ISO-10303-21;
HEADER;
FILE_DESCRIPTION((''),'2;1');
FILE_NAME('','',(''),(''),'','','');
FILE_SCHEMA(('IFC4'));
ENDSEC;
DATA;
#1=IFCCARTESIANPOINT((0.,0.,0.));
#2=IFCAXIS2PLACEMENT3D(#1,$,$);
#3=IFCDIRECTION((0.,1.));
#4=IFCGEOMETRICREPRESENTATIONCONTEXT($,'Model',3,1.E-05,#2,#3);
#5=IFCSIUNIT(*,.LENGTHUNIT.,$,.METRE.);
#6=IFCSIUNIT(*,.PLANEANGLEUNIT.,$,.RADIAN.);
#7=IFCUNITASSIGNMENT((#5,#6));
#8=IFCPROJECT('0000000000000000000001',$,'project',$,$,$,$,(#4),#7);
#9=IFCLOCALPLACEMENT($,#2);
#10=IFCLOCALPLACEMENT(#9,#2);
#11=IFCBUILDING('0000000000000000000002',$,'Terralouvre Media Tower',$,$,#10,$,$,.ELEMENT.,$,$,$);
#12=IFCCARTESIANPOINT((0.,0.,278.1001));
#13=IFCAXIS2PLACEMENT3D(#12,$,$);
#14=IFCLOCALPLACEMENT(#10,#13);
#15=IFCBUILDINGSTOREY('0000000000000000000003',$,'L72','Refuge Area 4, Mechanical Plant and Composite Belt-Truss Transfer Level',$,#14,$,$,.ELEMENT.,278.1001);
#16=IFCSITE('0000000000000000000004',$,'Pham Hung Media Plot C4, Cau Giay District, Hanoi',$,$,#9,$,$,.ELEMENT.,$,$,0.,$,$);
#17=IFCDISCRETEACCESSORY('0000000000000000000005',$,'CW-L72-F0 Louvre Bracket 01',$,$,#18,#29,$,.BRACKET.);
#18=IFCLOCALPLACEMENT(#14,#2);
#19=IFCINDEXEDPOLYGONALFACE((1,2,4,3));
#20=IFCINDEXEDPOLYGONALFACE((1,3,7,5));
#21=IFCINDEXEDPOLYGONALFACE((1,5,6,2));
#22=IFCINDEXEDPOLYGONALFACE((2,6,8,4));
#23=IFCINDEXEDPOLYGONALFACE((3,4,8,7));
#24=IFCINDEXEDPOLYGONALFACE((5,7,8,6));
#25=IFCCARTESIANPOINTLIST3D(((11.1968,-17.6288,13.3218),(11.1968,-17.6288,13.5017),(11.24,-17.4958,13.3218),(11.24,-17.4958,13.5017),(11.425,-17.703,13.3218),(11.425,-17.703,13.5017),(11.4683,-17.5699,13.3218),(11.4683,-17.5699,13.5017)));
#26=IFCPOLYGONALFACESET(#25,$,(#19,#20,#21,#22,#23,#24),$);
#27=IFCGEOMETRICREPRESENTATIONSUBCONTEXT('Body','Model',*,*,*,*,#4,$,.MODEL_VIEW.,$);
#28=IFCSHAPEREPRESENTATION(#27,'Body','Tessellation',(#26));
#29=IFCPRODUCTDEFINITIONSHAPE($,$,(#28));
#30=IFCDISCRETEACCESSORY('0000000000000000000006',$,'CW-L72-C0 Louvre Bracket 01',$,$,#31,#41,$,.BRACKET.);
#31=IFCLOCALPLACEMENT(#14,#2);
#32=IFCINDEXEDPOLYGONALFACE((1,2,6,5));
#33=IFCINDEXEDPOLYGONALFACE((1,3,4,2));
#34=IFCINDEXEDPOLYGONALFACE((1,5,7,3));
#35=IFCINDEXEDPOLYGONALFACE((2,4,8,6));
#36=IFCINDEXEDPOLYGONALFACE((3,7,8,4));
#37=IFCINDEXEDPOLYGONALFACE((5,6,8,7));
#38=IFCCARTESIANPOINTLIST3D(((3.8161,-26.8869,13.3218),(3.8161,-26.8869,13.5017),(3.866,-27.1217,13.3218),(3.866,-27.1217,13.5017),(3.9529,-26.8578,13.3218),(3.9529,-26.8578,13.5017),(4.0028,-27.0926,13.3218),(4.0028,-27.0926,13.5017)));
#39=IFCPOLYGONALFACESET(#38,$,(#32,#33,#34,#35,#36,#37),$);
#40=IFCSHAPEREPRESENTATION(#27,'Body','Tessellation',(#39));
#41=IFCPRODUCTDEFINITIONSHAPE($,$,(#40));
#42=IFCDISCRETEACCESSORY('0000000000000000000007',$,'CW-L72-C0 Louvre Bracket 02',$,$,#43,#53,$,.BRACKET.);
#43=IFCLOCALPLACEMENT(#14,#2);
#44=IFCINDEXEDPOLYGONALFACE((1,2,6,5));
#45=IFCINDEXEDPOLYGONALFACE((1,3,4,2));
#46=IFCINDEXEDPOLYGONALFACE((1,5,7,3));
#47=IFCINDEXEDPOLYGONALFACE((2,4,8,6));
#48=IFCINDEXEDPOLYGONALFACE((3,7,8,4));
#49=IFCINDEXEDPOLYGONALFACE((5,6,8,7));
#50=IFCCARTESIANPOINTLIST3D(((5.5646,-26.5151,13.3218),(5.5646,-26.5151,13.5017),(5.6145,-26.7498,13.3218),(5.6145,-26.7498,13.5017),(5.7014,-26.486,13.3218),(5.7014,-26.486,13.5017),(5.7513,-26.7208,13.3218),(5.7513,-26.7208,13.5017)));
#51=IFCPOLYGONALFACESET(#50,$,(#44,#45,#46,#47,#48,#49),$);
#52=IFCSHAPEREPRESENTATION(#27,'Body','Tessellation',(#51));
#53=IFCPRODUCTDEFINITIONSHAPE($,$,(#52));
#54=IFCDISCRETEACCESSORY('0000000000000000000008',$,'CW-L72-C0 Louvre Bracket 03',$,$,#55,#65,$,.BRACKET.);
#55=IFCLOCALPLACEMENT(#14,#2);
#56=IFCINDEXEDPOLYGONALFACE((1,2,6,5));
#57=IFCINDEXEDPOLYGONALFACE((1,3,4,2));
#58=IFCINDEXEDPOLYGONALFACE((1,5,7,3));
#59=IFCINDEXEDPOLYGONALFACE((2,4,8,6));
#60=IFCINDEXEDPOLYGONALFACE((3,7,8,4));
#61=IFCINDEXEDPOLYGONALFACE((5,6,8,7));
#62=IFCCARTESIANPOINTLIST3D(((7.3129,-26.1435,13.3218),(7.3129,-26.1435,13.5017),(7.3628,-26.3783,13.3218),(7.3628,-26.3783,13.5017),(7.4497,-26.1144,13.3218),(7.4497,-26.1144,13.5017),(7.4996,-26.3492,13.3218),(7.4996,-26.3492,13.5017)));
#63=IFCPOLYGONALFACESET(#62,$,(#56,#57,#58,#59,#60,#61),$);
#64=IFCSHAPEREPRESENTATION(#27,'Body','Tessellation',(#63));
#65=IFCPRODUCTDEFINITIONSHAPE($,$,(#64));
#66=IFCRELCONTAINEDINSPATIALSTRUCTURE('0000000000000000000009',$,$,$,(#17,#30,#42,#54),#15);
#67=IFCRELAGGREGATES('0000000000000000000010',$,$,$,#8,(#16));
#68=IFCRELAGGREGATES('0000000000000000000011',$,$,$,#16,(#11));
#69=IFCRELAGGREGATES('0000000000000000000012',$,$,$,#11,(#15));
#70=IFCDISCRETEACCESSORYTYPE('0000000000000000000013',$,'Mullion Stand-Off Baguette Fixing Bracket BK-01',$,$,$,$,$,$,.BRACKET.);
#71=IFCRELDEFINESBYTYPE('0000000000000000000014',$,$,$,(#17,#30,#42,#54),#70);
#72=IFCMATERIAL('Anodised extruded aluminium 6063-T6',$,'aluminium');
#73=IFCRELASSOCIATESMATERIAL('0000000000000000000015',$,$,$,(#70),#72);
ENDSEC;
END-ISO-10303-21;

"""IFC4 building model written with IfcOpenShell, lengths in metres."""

from ifc_helpers import new_model, si_unit, direction, frame, origin, origin_2d, place, context, subcontext, project, spatial, rectangle, extrude, material, type_object, element, save


model = new_model("IFC4")

# Units and contexts
model_context = context("Model", 3, precision=1e-05, world=origin(), true_north=direction((0.0, 1.0)))
body_context = subcontext(model_context, "Body", "Model", "MODEL_VIEW")
ifc_project = project(units=[si_unit("LENGTHUNIT", "METRE"), si_unit("PLANEANGLEUNIT", "RADIAN")], contexts=[model_context])

# Site, building, storey
site_placement = place(None, origin())
site = spatial("IfcSite", under=ifc_project, at=site_placement, Name="Pham Hung Media Plot C4, Cau Giay District, Hanoi", CompositionType="ELEMENT", RefElevation=0.0)
building_placement = place(site_placement, origin())
building = spatial("IfcBuilding", under=site, at=building_placement, Name="Terralouvre Media Tower", CompositionType="ELEMENT")
storey_placement = place(building_placement, frame((0.0, 0.0, 278.1001)))
storey = spatial("IfcBuildingStorey", under=building, at=storey_placement, Name="L72", Description="Refuge Area 4, Mechanical Plant and Composite Belt-Truss Transfer Level", CompositionType="ELEMENT", Elevation=278.1001)

# Discrete accessories
ifc_material_1 = material(Name="Anodised extruded aluminium 6063-T6", Category="aluminium")
discrete_accessory_type = type_object("IfcDiscreteAccessoryType", Name="Mullion Stand-Off Baguette Fixing Bracket BK-01", PredefinedType="BRACKET", material=ifc_material_1)
for number, where, z_axis, x_axis, name in (
    (1, (11.3325, -17.5994, 13.3218), (0.0, 0.0, 1.0), (0.309017, 0.951057, 0.0), "CW-L72-F0 Louvre Bracket 01"),
    (2, (3.9094, -26.9897, 13.3218), (0.0, 0.0, 1.0), (0.978148, 0.207912, 0.0), "CW-L72-C0 Louvre Bracket 01"),
    (3, (5.658, -26.6179, 13.3218), (0.0, 0.0, 1.0), (0.978148, 0.207912, 0.0), "CW-L72-C0 Louvre Bracket 02"),
    (4, (7.4062, -26.2463, 13.3218), (0.0, 0.0, 1.0), (0.978148, 0.207912, 0.0), "CW-L72-C0 Louvre Bracket 03"),
):
    element("IfcDiscreteAccessory", number, at=place(storey_placement, frame(where, z_axis=z_axis, x_axis=x_axis)), inside=storey, type_object=discrete_accessory_type, Name=name, PredefinedType="BRACKET", context=body_context, shape_type="SweptSolid", body=[
        extrude(rectangle(XDim=0.1399, YDim=0.24, at=origin_2d()), origin(), (0.0, 0.0, 1.0), 0.1799),
    ])

save(model, "model.ifc")
